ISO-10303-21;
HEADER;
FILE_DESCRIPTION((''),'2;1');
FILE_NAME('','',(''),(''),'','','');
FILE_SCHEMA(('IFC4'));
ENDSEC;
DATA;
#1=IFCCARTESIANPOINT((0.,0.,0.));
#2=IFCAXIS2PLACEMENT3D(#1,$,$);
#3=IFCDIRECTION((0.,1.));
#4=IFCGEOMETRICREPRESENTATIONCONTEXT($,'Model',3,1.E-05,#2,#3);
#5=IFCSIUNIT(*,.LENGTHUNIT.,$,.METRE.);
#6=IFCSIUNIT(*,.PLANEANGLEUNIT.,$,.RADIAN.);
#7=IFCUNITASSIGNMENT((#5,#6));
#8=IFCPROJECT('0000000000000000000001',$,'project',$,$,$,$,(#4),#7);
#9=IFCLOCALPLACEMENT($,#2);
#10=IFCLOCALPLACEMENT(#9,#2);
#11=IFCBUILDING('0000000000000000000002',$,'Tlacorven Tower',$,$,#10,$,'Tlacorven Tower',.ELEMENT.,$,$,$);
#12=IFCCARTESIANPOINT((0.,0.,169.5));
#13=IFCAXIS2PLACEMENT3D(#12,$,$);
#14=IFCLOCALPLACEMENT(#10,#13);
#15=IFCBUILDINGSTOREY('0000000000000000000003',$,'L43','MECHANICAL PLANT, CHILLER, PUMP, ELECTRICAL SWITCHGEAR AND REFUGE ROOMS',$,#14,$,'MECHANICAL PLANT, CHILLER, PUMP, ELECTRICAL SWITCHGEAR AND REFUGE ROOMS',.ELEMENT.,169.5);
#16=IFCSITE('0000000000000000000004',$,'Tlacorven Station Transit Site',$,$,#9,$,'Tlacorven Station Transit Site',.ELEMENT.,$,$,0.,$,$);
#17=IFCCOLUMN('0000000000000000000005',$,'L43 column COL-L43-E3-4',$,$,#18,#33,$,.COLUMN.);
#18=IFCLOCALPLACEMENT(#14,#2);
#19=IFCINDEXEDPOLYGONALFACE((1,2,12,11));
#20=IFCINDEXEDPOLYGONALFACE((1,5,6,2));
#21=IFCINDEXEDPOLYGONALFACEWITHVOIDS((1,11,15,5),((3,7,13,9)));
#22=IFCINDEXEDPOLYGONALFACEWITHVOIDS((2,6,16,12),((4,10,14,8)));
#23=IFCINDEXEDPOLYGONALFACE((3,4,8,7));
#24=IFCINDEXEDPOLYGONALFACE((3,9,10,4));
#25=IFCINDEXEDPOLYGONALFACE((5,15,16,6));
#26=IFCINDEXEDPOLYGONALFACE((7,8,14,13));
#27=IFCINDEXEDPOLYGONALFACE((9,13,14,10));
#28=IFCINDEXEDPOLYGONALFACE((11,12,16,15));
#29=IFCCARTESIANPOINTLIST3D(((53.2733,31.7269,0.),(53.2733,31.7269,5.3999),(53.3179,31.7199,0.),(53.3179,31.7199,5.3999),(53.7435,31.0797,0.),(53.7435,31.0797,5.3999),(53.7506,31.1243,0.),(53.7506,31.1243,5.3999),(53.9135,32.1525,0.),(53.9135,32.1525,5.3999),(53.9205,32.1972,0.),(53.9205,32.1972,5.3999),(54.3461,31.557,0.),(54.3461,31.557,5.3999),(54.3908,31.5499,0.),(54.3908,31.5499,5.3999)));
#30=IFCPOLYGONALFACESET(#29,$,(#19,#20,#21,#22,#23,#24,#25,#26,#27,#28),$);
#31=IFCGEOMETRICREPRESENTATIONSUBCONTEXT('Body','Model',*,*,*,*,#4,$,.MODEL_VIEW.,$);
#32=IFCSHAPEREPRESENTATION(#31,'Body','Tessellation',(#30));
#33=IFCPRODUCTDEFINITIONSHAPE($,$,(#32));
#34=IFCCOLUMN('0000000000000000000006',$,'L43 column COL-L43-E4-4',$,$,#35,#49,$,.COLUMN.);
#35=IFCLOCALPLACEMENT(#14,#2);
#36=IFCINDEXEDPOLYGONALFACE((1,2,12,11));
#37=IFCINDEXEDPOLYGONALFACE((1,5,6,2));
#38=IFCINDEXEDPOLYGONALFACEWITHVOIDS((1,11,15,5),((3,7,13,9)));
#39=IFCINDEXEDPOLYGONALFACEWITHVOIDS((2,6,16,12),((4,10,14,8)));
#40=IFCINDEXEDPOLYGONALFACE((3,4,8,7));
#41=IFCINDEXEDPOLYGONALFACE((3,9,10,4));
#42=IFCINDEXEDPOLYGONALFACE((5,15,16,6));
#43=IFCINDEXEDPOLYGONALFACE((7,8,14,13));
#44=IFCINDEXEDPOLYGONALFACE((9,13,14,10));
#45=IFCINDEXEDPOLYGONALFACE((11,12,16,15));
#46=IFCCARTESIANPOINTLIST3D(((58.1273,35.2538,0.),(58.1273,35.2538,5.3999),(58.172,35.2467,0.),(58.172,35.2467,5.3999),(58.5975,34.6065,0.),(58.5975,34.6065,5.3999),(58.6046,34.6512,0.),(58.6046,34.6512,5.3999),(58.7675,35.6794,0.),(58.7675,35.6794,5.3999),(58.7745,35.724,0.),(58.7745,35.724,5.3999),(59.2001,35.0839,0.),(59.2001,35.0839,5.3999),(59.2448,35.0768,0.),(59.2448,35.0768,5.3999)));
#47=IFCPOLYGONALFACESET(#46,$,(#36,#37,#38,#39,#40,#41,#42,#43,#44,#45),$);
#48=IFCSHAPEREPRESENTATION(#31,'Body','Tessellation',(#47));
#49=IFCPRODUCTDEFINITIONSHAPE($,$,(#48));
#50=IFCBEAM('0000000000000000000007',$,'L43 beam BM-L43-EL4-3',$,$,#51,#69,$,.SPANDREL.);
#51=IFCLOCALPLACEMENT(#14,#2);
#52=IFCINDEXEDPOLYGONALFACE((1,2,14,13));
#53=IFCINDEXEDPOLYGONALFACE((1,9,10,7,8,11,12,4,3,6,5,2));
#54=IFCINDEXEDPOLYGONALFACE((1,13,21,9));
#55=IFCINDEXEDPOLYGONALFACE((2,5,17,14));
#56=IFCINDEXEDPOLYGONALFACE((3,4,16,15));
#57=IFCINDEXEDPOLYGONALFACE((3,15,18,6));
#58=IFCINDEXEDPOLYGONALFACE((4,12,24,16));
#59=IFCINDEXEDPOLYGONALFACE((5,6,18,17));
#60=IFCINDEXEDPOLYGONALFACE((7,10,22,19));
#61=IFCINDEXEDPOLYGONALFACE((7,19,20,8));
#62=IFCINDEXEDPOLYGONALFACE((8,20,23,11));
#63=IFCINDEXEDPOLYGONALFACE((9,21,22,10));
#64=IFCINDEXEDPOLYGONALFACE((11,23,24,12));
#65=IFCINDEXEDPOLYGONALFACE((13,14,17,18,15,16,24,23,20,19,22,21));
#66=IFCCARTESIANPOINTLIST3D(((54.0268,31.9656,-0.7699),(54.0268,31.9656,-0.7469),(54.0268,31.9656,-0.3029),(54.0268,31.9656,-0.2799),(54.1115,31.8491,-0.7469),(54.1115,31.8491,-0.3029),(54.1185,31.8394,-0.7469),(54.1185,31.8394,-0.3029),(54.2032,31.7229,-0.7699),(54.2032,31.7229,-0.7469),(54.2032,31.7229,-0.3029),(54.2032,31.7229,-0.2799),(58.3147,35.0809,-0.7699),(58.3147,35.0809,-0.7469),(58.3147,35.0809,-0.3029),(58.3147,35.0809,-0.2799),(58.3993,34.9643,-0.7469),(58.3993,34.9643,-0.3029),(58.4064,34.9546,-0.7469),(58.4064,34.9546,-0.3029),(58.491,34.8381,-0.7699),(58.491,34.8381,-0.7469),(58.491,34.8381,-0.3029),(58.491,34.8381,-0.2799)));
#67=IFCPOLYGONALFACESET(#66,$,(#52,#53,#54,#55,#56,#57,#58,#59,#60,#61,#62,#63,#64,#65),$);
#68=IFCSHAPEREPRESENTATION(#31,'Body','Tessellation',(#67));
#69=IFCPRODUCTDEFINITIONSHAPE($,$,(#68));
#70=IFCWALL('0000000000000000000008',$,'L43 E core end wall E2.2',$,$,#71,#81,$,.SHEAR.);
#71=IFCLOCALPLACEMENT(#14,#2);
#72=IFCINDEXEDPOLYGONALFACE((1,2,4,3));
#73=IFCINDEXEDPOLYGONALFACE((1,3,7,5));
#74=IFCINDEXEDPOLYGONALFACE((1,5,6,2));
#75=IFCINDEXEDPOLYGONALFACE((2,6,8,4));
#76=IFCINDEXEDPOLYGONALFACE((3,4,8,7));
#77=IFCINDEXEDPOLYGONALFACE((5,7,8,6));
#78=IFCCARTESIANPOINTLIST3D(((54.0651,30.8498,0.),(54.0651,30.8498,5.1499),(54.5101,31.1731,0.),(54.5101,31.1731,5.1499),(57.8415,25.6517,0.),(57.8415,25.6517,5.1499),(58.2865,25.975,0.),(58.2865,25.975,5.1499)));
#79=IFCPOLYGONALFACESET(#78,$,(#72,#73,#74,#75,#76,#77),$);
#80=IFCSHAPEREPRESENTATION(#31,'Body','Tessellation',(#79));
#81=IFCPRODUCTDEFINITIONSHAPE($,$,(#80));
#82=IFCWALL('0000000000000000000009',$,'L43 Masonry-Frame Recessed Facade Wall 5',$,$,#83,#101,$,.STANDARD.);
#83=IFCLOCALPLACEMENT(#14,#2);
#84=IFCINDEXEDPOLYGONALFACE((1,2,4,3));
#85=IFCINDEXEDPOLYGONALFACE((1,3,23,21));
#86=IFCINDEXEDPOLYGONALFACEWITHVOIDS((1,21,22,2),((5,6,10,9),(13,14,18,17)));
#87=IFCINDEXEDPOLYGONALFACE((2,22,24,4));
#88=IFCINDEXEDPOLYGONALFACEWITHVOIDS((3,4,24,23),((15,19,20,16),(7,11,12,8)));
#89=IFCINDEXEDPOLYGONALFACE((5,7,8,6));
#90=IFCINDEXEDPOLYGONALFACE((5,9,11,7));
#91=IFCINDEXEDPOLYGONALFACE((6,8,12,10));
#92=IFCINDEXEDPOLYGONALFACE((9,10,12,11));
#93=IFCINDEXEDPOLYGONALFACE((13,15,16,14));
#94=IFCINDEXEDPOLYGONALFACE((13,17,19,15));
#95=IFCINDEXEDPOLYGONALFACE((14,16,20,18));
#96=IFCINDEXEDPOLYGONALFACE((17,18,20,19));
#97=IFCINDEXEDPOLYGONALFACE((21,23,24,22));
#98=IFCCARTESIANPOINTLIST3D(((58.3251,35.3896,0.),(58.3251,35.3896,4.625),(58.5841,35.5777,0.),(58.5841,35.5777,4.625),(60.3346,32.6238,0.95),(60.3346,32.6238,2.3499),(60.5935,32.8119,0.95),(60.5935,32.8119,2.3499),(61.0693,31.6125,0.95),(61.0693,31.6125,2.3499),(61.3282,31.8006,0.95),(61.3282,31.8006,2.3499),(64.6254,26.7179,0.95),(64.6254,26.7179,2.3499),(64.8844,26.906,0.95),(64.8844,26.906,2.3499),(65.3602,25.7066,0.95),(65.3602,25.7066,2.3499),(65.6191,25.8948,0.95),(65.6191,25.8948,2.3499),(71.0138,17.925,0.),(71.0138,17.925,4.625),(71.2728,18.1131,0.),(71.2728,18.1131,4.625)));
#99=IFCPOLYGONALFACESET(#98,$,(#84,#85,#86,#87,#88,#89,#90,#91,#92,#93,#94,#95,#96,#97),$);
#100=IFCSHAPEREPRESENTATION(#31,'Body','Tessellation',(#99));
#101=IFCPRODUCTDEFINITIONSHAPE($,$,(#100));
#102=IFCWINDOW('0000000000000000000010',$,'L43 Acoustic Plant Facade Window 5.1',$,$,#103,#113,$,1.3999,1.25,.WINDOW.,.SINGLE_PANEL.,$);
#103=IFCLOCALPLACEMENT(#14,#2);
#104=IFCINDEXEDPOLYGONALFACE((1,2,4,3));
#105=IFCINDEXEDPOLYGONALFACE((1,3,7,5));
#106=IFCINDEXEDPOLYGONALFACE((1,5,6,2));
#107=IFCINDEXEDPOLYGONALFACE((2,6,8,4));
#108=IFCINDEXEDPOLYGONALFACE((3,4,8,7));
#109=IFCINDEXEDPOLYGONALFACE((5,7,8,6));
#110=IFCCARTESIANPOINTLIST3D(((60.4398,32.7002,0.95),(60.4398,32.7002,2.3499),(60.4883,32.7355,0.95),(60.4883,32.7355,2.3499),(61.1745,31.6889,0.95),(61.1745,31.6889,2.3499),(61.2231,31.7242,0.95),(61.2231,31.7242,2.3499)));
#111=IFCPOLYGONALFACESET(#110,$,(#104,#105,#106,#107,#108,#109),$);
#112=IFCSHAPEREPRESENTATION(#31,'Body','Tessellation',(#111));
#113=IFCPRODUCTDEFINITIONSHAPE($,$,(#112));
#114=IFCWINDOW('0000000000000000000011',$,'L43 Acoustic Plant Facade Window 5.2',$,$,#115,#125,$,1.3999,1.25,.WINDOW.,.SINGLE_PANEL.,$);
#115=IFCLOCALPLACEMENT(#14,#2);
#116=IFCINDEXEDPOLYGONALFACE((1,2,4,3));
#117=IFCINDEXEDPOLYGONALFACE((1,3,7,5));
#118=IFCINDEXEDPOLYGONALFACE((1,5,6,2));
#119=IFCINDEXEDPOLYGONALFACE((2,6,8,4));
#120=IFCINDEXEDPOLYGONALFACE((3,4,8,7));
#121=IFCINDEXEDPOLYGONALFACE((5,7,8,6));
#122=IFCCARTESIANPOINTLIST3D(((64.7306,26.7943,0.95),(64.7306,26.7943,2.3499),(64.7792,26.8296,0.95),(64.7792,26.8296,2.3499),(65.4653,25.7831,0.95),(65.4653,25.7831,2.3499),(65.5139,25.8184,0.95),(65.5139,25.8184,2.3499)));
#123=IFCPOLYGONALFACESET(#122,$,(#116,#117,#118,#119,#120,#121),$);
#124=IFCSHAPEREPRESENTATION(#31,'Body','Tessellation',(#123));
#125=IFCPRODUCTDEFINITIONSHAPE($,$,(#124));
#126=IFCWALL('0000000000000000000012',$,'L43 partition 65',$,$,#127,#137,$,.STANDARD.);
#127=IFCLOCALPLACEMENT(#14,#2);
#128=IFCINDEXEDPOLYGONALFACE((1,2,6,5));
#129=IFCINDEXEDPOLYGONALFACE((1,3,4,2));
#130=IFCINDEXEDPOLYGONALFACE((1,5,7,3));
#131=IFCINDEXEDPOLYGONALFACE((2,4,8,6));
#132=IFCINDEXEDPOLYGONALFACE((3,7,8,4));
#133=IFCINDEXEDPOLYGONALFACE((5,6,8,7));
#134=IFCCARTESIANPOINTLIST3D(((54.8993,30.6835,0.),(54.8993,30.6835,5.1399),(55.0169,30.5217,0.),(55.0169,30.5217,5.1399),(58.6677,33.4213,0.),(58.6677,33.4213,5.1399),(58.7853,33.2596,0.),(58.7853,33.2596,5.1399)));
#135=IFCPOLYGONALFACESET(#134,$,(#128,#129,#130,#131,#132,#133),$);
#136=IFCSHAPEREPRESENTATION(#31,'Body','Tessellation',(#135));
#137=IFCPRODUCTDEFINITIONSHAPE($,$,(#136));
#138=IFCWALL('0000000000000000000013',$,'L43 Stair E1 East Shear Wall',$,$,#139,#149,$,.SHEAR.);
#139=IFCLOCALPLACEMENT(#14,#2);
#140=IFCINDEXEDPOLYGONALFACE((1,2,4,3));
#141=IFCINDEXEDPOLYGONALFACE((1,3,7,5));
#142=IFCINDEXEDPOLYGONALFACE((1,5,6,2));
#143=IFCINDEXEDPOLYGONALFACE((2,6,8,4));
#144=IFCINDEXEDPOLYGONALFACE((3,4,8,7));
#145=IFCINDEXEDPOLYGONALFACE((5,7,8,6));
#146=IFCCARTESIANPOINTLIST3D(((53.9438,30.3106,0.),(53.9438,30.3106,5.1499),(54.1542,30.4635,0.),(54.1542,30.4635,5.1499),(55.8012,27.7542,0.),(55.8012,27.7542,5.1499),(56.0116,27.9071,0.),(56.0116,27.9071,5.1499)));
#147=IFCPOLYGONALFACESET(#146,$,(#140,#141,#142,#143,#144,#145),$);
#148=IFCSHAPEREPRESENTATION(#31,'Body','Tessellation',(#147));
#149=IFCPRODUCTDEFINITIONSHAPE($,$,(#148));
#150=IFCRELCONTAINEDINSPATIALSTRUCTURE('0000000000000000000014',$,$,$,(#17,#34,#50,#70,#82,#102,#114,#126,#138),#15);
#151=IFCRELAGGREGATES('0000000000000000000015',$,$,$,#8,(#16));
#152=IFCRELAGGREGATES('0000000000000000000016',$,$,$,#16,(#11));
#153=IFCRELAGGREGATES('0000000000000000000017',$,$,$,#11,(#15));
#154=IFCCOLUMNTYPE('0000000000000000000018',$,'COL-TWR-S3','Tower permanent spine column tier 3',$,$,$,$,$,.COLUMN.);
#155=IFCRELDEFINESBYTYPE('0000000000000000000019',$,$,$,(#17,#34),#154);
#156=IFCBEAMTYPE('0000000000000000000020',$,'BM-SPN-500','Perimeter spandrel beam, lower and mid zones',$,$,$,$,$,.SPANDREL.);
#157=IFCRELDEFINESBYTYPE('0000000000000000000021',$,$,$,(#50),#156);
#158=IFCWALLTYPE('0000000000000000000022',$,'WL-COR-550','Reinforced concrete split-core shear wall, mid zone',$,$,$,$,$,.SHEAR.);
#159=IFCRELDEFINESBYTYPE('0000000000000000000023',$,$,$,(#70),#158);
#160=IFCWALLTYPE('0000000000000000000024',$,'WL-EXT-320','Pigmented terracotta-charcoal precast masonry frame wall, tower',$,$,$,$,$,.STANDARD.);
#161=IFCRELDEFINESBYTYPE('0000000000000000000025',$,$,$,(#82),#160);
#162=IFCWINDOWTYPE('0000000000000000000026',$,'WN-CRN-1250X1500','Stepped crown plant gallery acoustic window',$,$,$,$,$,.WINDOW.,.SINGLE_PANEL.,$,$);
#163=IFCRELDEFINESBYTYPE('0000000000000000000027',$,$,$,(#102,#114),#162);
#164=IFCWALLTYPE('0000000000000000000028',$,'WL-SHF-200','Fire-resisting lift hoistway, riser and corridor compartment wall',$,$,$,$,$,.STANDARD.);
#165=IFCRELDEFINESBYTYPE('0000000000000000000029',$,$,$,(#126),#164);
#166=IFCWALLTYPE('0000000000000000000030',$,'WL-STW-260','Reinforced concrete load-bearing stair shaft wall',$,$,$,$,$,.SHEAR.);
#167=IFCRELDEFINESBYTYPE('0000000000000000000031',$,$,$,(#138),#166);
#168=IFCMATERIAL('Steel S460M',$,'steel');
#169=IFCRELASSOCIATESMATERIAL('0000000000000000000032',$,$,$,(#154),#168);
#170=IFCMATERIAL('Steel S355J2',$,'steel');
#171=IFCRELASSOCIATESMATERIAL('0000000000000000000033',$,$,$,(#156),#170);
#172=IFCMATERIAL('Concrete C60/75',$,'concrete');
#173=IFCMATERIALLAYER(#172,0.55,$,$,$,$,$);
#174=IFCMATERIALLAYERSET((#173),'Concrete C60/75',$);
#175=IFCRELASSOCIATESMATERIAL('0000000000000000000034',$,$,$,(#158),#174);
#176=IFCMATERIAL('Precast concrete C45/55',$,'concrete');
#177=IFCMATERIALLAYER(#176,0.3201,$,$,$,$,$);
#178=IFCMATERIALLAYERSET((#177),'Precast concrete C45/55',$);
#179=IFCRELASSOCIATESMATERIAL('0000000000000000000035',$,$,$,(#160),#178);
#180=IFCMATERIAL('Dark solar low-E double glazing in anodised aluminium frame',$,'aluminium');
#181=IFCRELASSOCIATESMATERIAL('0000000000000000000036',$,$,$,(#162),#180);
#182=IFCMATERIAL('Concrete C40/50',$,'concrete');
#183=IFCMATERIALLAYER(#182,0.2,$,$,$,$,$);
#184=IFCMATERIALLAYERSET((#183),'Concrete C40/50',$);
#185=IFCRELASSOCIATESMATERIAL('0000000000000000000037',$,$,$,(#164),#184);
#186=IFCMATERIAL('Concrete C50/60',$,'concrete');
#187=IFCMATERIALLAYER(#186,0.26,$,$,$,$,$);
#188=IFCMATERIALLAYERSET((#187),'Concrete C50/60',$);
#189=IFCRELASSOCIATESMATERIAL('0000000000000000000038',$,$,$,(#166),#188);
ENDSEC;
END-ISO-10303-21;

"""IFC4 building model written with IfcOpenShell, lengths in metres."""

from ifc_helpers import new_model, si_unit, direction, frame, frame_2d, origin, origin_2d, place, context, subcontext, project, spatial, rectangle, hollow_rectangle, i_section, extrude, source, transform, mapped, material, layer, layer_set, material_profile, profile_set, type_object, element, fill, save


model = new_model("IFC4")

# Units and contexts
model_context = context("Model", 3, precision=1e-05, world=origin(), true_north=direction((0.0, 1.0)))
body_context = subcontext(model_context, "Body", "Model", "MODEL_VIEW")
ifc_project = project(units=[si_unit("LENGTHUNIT", "METRE"), si_unit("PLANEANGLEUNIT", "RADIAN")], contexts=[model_context])

# Site, building, storey
site_placement = place(None, origin())
site = spatial("IfcSite", under=ifc_project, at=site_placement, Name="Tlacorven Station Transit Site", LongName="Tlacorven Station Transit Site", CompositionType="ELEMENT", RefElevation=0.0)
building_placement = place(site_placement, origin())
building = spatial("IfcBuilding", under=site, at=building_placement, Name="Tlacorven Tower", LongName="Tlacorven Tower", CompositionType="ELEMENT")
storey_placement = place(building_placement, frame((0.0, 0.0, 169.5)))
storey = spatial("IfcBuildingStorey", under=building, at=storey_placement, Name="L43", Description="MECHANICAL PLANT, CHILLER, PUMP, ELECTRICAL SWITCHGEAR AND REFUGE ROOMS", LongName="MECHANICAL PLANT, CHILLER, PUMP, ELECTRICAL SWITCHGEAR AND REFUGE ROOMS", CompositionType="ELEMENT", Elevation=169.5)

# Columns
ifc_material_1 = material(Name="Steel S460M", Category="steel")
ifc_material_profile_1 = material_profile(ifc_material_1, hollow_rectangle(XDim=0.8, YDim=0.8, WallThickness=0.032, at=origin_2d()), Name="BOX 800X800X32")
ifc_profile_set_1 = profile_set([ifc_material_profile_1], Name="Steel S460M")
column_type = type_object("IfcColumnType", Name="COL-TWR-S3", Description="Tower permanent spine column tier 3", PredefinedType="COLUMN", material=ifc_profile_set_1)
shared_shape_1 = source(origin(), body_context, "Body", "SweptSolid", [
    extrude(hollow_rectangle(XDim=0.8, YDim=0.8, WallThickness=0.032, at=origin_2d()), origin(), (0.0, 0.0, 1.0), 5.3999),
])
for number, where, z_axis, x_axis, name in (
    (1, (53.832, 31.6384, 0.0), (0.0, 0.0, 1.0), (0.809017, 0.587785, 0.0), "L43 column COL-L43-E3-4"),
    (2, (58.686, 35.1653, 0.0), (0.0, 0.0, 1.0), (0.809017, 0.587785, 0.0), "L43 column COL-L43-E4-4"),
):
    element("IfcColumn", number, at=place(storey_placement, frame(where, z_axis=z_axis, x_axis=x_axis)), inside=storey, type_object=column_type, Name=name, PredefinedType="COLUMN", context=body_context, shape_type="MappedRepresentation", body=[
        mapped(shared_shape_1, transform((0.0, 0.0, 0.0), scale=1.0)),
    ])

# Beam
ifc_material_2 = material(Name="Steel S355J2", Category="steel")
ifc_material_profile_2 = material_profile(ifc_material_2, i_section(OverallWidth=0.3, OverallDepth=0.49, WebThickness=0.012, FlangeThickness=0.0229, at=origin_2d()), Name="HEA 500")
ifc_profile_set_2 = profile_set([ifc_material_profile_2], Name="Steel S355J2")
beam_type = type_object("IfcBeamType", Name="BM-SPN-500", Description="Perimeter spandrel beam, lower and mid zones", PredefinedType="SPANDREL", material=ifc_profile_set_2)
shared_shape_2 = source(origin(), body_context, "Body", "SweptSolid", [
    extrude(i_section(OverallWidth=0.3, OverallDepth=0.49, WebThickness=0.012, FlangeThickness=0.0229, at=origin_2d()), origin(), (0.0, 0.0, 1.0), 5.3),
])
beam_placement = place(storey_placement, frame((54.115, 31.8442, -0.5249), z_axis=(0.809023, 0.587777, 0.0), x_axis=(-0.587777, 0.809023, 0.0)))
element("IfcBeam", 3, at=beam_placement, inside=storey, type_object=beam_type, Name="L43 beam BM-L43-EL4-3", PredefinedType="SPANDREL", context=body_context, shape_type="MappedRepresentation", body=[
    mapped(shared_shape_2, transform((0.0, 0.0, 0.0), scale=1.0)),
])

# Wall
ifc_material_3 = material(Name="Concrete C60/75", Category="concrete")
ifc_layer_1 = layer(ifc_material_3, 0.55)
ifc_layer_set_1 = layer_set([ifc_layer_1], Name="Concrete C60/75")
wall_type_1 = type_object("IfcWallType", Name="WL-COR-550", Description="Reinforced concrete split-core shear wall, mid zone", PredefinedType="SHEAR", material=ifc_layer_set_1)
wall_1_placement = place(storey_placement, frame((58.064, 25.8135, 0.0), z_axis=(0.0, 0.0, 1.0), x_axis=(-0.587765, 0.809032, 0.0)))
element("IfcWall", 4, at=wall_1_placement, inside=storey, type_object=wall_type_1, Name="L43 E core end wall E2.2", PredefinedType="SHEAR", context=body_context, shape_type="SweptSolid", body=[
    extrude(rectangle(XDim=6.425, YDim=0.55, at=frame_2d((3.2124, 0.0))), origin(), (0.0, 0.0, 1.0), 5.1499),
])

# Wall, openings, windows
ifc_material_4 = material(Name="Precast concrete C45/55", Category="concrete")
ifc_layer_2 = layer(ifc_material_4, 0.3201)
ifc_layer_set_2 = layer_set([ifc_layer_2], Name="Precast concrete C45/55")
wall_type_2 = type_object("IfcWallType", Name="WL-EXT-320", Description="Pigmented terracotta-charcoal precast masonry frame wall, tower", PredefinedType="STANDARD", material=ifc_layer_set_2)
wall_2_placement = place(storey_placement, frame((58.4546, 35.4836, 0.0), z_axis=(0.0, 0.0, 1.0), x_axis=(0.587784, -0.809018, 0.0)))
wall_2 = element("IfcWall", 5, at=wall_2_placement, inside=storey, type_object=wall_type_2, Name="L43 Masonry-Frame Recessed Facade Wall 5", PredefinedType="STANDARD", context=body_context, shape_type="SweptSolid", body=[
    extrude(rectangle(XDim=21.5874, YDim=0.3201, at=frame_2d((10.7937, 0.0))), origin(), (0.0, 0.0, 1.0), 4.625),
])
opening_1_placement = place(wall_2_placement, frame((3.4187, 0.0, 0.95)))
opening_1 = element("IfcOpeningElement", 6, at=opening_1_placement, cuts=wall_2, PredefinedType="OPENING", context=body_context, shape_type="SweptSolid", body=[
    extrude(rectangle(XDim=1.25, YDim=1.3999, at=frame_2d((0.625, 0.7))), frame((0.0, 0.1699, 0.0), z_axis=(0.0, -1.0, 0.0), x_axis=(1.0, 0.0, 0.0)), (0.0, 0.0, 1.0), 0.3401),
])
opening_2_placement = place(wall_2_placement, frame((10.7188, 0.0, 0.95)))
opening_2 = element("IfcOpeningElement", 7, at=opening_2_placement, cuts=wall_2, PredefinedType="OPENING", context=body_context, shape_type="SweptSolid", body=[
    extrude(rectangle(XDim=1.25, YDim=1.3999, at=frame_2d((0.625, 0.7))), frame((0.0, 0.1699, 0.0), z_axis=(0.0, -1.0, 0.0), x_axis=(1.0, 0.0, 0.0)), (0.0, 0.0, 1.0), 0.3401),
])
ifc_material_5 = material(Name="Dark solar low-E double glazing in anodised aluminium frame", Category="aluminium")
window_type = type_object("IfcWindowType", Name="WN-CRN-1250X1500", Description="Stepped crown plant gallery acoustic window", PartitioningType="SINGLE_PANEL", PredefinedType="WINDOW", material=ifc_material_5)
shared_shape_3 = source(origin(), body_context, "Body", "SweptSolid", [
    extrude(rectangle(XDim=1.25, YDim=1.3999, at=frame_2d((0.625, 0.7))), frame((0.0, 0.03, 0.0), z_axis=(0.0, -1.0, 0.0), x_axis=(1.0, 0.0, 0.0)), (0.0, 0.0, 1.0), 0.0601),
])
window_1_placement = place(opening_1_placement, origin())
window_1 = element("IfcWindow", 8, at=window_1_placement, inside=storey, type_object=window_type, Name="L43 Acoustic Plant Facade Window 5.1", OverallHeight=1.3999, OverallWidth=1.25, PartitioningType="SINGLE_PANEL", PredefinedType="WINDOW", context=body_context, shape_type="MappedRepresentation", body=[
    mapped(shared_shape_3, transform((0.0, 0.0, 0.0), scale=1.0)),
])
fill(opening_1, window_1)
window_2_placement = place(opening_2_placement, origin())
window_2 = element("IfcWindow", 9, at=window_2_placement, inside=storey, type_object=window_type, Name="L43 Acoustic Plant Facade Window 5.2", OverallHeight=1.3999, OverallWidth=1.25, PartitioningType="SINGLE_PANEL", PredefinedType="WINDOW", context=body_context, shape_type="MappedRepresentation", body=[
    mapped(shared_shape_3, transform((0.0, 0.0, 0.0), scale=1.0)),
])
fill(opening_2, window_2)

# Wall
ifc_material_6 = material(Name="Concrete C40/50", Category="concrete")
ifc_layer_3 = layer(ifc_material_6, 0.2)
ifc_layer_set_3 = layer_set([ifc_layer_3], Name="Concrete C40/50")
wall_type_3 = type_object("IfcWallType", Name="WL-SHF-200", Description="Fire-resisting lift hoistway, riser and corridor compartment wall", PredefinedType="STANDARD", material=ifc_layer_set_3)
wall_3_placement = place(storey_placement, frame((54.958, 30.6025, 0.0), z_axis=(0.0, 0.0, 1.0), x_axis=(0.809022, 0.587779, 0.0)))
element("IfcWall", 10, at=wall_3_placement, inside=storey, type_object=wall_type_3, Name="L43 partition 65", PredefinedType="STANDARD", context=body_context, shape_type="SweptSolid", body=[
    extrude(rectangle(XDim=4.658, YDim=0.2, at=frame_2d((2.3291, 0.0))), origin(), (0.0, 0.0, 1.0), 5.1399),
])

# Wall
ifc_material_7 = material(Name="Concrete C50/60", Category="concrete")
ifc_layer_4 = layer(ifc_material_7, 0.26)
ifc_layer_set_4 = layer_set([ifc_layer_4], Name="Concrete C50/60")
wall_type_4 = type_object("IfcWallType", Name="WL-STW-260", Description="Reinforced concrete load-bearing stair shaft wall", PredefinedType="SHEAR", material=ifc_layer_set_4)
wall_4_placement = place(storey_placement, frame((55.9065, 27.8306, 0.0), z_axis=(0.0, 0.0, 1.0), x_axis=(-0.587804, 0.809003, 0.0)))
element("IfcWall", 11, at=wall_4_placement, inside=storey, type_object=wall_type_4, Name="L43 Stair E1 East Shear Wall", PredefinedType="SHEAR", context=body_context, shape_type="SweptSolid", body=[
    extrude(rectangle(XDim=3.1599, YDim=0.26, at=frame_2d((1.5801, 0.0))), origin(), (0.0, 0.0, 1.0), 5.1499),
])

save(model, "model.ifc")
